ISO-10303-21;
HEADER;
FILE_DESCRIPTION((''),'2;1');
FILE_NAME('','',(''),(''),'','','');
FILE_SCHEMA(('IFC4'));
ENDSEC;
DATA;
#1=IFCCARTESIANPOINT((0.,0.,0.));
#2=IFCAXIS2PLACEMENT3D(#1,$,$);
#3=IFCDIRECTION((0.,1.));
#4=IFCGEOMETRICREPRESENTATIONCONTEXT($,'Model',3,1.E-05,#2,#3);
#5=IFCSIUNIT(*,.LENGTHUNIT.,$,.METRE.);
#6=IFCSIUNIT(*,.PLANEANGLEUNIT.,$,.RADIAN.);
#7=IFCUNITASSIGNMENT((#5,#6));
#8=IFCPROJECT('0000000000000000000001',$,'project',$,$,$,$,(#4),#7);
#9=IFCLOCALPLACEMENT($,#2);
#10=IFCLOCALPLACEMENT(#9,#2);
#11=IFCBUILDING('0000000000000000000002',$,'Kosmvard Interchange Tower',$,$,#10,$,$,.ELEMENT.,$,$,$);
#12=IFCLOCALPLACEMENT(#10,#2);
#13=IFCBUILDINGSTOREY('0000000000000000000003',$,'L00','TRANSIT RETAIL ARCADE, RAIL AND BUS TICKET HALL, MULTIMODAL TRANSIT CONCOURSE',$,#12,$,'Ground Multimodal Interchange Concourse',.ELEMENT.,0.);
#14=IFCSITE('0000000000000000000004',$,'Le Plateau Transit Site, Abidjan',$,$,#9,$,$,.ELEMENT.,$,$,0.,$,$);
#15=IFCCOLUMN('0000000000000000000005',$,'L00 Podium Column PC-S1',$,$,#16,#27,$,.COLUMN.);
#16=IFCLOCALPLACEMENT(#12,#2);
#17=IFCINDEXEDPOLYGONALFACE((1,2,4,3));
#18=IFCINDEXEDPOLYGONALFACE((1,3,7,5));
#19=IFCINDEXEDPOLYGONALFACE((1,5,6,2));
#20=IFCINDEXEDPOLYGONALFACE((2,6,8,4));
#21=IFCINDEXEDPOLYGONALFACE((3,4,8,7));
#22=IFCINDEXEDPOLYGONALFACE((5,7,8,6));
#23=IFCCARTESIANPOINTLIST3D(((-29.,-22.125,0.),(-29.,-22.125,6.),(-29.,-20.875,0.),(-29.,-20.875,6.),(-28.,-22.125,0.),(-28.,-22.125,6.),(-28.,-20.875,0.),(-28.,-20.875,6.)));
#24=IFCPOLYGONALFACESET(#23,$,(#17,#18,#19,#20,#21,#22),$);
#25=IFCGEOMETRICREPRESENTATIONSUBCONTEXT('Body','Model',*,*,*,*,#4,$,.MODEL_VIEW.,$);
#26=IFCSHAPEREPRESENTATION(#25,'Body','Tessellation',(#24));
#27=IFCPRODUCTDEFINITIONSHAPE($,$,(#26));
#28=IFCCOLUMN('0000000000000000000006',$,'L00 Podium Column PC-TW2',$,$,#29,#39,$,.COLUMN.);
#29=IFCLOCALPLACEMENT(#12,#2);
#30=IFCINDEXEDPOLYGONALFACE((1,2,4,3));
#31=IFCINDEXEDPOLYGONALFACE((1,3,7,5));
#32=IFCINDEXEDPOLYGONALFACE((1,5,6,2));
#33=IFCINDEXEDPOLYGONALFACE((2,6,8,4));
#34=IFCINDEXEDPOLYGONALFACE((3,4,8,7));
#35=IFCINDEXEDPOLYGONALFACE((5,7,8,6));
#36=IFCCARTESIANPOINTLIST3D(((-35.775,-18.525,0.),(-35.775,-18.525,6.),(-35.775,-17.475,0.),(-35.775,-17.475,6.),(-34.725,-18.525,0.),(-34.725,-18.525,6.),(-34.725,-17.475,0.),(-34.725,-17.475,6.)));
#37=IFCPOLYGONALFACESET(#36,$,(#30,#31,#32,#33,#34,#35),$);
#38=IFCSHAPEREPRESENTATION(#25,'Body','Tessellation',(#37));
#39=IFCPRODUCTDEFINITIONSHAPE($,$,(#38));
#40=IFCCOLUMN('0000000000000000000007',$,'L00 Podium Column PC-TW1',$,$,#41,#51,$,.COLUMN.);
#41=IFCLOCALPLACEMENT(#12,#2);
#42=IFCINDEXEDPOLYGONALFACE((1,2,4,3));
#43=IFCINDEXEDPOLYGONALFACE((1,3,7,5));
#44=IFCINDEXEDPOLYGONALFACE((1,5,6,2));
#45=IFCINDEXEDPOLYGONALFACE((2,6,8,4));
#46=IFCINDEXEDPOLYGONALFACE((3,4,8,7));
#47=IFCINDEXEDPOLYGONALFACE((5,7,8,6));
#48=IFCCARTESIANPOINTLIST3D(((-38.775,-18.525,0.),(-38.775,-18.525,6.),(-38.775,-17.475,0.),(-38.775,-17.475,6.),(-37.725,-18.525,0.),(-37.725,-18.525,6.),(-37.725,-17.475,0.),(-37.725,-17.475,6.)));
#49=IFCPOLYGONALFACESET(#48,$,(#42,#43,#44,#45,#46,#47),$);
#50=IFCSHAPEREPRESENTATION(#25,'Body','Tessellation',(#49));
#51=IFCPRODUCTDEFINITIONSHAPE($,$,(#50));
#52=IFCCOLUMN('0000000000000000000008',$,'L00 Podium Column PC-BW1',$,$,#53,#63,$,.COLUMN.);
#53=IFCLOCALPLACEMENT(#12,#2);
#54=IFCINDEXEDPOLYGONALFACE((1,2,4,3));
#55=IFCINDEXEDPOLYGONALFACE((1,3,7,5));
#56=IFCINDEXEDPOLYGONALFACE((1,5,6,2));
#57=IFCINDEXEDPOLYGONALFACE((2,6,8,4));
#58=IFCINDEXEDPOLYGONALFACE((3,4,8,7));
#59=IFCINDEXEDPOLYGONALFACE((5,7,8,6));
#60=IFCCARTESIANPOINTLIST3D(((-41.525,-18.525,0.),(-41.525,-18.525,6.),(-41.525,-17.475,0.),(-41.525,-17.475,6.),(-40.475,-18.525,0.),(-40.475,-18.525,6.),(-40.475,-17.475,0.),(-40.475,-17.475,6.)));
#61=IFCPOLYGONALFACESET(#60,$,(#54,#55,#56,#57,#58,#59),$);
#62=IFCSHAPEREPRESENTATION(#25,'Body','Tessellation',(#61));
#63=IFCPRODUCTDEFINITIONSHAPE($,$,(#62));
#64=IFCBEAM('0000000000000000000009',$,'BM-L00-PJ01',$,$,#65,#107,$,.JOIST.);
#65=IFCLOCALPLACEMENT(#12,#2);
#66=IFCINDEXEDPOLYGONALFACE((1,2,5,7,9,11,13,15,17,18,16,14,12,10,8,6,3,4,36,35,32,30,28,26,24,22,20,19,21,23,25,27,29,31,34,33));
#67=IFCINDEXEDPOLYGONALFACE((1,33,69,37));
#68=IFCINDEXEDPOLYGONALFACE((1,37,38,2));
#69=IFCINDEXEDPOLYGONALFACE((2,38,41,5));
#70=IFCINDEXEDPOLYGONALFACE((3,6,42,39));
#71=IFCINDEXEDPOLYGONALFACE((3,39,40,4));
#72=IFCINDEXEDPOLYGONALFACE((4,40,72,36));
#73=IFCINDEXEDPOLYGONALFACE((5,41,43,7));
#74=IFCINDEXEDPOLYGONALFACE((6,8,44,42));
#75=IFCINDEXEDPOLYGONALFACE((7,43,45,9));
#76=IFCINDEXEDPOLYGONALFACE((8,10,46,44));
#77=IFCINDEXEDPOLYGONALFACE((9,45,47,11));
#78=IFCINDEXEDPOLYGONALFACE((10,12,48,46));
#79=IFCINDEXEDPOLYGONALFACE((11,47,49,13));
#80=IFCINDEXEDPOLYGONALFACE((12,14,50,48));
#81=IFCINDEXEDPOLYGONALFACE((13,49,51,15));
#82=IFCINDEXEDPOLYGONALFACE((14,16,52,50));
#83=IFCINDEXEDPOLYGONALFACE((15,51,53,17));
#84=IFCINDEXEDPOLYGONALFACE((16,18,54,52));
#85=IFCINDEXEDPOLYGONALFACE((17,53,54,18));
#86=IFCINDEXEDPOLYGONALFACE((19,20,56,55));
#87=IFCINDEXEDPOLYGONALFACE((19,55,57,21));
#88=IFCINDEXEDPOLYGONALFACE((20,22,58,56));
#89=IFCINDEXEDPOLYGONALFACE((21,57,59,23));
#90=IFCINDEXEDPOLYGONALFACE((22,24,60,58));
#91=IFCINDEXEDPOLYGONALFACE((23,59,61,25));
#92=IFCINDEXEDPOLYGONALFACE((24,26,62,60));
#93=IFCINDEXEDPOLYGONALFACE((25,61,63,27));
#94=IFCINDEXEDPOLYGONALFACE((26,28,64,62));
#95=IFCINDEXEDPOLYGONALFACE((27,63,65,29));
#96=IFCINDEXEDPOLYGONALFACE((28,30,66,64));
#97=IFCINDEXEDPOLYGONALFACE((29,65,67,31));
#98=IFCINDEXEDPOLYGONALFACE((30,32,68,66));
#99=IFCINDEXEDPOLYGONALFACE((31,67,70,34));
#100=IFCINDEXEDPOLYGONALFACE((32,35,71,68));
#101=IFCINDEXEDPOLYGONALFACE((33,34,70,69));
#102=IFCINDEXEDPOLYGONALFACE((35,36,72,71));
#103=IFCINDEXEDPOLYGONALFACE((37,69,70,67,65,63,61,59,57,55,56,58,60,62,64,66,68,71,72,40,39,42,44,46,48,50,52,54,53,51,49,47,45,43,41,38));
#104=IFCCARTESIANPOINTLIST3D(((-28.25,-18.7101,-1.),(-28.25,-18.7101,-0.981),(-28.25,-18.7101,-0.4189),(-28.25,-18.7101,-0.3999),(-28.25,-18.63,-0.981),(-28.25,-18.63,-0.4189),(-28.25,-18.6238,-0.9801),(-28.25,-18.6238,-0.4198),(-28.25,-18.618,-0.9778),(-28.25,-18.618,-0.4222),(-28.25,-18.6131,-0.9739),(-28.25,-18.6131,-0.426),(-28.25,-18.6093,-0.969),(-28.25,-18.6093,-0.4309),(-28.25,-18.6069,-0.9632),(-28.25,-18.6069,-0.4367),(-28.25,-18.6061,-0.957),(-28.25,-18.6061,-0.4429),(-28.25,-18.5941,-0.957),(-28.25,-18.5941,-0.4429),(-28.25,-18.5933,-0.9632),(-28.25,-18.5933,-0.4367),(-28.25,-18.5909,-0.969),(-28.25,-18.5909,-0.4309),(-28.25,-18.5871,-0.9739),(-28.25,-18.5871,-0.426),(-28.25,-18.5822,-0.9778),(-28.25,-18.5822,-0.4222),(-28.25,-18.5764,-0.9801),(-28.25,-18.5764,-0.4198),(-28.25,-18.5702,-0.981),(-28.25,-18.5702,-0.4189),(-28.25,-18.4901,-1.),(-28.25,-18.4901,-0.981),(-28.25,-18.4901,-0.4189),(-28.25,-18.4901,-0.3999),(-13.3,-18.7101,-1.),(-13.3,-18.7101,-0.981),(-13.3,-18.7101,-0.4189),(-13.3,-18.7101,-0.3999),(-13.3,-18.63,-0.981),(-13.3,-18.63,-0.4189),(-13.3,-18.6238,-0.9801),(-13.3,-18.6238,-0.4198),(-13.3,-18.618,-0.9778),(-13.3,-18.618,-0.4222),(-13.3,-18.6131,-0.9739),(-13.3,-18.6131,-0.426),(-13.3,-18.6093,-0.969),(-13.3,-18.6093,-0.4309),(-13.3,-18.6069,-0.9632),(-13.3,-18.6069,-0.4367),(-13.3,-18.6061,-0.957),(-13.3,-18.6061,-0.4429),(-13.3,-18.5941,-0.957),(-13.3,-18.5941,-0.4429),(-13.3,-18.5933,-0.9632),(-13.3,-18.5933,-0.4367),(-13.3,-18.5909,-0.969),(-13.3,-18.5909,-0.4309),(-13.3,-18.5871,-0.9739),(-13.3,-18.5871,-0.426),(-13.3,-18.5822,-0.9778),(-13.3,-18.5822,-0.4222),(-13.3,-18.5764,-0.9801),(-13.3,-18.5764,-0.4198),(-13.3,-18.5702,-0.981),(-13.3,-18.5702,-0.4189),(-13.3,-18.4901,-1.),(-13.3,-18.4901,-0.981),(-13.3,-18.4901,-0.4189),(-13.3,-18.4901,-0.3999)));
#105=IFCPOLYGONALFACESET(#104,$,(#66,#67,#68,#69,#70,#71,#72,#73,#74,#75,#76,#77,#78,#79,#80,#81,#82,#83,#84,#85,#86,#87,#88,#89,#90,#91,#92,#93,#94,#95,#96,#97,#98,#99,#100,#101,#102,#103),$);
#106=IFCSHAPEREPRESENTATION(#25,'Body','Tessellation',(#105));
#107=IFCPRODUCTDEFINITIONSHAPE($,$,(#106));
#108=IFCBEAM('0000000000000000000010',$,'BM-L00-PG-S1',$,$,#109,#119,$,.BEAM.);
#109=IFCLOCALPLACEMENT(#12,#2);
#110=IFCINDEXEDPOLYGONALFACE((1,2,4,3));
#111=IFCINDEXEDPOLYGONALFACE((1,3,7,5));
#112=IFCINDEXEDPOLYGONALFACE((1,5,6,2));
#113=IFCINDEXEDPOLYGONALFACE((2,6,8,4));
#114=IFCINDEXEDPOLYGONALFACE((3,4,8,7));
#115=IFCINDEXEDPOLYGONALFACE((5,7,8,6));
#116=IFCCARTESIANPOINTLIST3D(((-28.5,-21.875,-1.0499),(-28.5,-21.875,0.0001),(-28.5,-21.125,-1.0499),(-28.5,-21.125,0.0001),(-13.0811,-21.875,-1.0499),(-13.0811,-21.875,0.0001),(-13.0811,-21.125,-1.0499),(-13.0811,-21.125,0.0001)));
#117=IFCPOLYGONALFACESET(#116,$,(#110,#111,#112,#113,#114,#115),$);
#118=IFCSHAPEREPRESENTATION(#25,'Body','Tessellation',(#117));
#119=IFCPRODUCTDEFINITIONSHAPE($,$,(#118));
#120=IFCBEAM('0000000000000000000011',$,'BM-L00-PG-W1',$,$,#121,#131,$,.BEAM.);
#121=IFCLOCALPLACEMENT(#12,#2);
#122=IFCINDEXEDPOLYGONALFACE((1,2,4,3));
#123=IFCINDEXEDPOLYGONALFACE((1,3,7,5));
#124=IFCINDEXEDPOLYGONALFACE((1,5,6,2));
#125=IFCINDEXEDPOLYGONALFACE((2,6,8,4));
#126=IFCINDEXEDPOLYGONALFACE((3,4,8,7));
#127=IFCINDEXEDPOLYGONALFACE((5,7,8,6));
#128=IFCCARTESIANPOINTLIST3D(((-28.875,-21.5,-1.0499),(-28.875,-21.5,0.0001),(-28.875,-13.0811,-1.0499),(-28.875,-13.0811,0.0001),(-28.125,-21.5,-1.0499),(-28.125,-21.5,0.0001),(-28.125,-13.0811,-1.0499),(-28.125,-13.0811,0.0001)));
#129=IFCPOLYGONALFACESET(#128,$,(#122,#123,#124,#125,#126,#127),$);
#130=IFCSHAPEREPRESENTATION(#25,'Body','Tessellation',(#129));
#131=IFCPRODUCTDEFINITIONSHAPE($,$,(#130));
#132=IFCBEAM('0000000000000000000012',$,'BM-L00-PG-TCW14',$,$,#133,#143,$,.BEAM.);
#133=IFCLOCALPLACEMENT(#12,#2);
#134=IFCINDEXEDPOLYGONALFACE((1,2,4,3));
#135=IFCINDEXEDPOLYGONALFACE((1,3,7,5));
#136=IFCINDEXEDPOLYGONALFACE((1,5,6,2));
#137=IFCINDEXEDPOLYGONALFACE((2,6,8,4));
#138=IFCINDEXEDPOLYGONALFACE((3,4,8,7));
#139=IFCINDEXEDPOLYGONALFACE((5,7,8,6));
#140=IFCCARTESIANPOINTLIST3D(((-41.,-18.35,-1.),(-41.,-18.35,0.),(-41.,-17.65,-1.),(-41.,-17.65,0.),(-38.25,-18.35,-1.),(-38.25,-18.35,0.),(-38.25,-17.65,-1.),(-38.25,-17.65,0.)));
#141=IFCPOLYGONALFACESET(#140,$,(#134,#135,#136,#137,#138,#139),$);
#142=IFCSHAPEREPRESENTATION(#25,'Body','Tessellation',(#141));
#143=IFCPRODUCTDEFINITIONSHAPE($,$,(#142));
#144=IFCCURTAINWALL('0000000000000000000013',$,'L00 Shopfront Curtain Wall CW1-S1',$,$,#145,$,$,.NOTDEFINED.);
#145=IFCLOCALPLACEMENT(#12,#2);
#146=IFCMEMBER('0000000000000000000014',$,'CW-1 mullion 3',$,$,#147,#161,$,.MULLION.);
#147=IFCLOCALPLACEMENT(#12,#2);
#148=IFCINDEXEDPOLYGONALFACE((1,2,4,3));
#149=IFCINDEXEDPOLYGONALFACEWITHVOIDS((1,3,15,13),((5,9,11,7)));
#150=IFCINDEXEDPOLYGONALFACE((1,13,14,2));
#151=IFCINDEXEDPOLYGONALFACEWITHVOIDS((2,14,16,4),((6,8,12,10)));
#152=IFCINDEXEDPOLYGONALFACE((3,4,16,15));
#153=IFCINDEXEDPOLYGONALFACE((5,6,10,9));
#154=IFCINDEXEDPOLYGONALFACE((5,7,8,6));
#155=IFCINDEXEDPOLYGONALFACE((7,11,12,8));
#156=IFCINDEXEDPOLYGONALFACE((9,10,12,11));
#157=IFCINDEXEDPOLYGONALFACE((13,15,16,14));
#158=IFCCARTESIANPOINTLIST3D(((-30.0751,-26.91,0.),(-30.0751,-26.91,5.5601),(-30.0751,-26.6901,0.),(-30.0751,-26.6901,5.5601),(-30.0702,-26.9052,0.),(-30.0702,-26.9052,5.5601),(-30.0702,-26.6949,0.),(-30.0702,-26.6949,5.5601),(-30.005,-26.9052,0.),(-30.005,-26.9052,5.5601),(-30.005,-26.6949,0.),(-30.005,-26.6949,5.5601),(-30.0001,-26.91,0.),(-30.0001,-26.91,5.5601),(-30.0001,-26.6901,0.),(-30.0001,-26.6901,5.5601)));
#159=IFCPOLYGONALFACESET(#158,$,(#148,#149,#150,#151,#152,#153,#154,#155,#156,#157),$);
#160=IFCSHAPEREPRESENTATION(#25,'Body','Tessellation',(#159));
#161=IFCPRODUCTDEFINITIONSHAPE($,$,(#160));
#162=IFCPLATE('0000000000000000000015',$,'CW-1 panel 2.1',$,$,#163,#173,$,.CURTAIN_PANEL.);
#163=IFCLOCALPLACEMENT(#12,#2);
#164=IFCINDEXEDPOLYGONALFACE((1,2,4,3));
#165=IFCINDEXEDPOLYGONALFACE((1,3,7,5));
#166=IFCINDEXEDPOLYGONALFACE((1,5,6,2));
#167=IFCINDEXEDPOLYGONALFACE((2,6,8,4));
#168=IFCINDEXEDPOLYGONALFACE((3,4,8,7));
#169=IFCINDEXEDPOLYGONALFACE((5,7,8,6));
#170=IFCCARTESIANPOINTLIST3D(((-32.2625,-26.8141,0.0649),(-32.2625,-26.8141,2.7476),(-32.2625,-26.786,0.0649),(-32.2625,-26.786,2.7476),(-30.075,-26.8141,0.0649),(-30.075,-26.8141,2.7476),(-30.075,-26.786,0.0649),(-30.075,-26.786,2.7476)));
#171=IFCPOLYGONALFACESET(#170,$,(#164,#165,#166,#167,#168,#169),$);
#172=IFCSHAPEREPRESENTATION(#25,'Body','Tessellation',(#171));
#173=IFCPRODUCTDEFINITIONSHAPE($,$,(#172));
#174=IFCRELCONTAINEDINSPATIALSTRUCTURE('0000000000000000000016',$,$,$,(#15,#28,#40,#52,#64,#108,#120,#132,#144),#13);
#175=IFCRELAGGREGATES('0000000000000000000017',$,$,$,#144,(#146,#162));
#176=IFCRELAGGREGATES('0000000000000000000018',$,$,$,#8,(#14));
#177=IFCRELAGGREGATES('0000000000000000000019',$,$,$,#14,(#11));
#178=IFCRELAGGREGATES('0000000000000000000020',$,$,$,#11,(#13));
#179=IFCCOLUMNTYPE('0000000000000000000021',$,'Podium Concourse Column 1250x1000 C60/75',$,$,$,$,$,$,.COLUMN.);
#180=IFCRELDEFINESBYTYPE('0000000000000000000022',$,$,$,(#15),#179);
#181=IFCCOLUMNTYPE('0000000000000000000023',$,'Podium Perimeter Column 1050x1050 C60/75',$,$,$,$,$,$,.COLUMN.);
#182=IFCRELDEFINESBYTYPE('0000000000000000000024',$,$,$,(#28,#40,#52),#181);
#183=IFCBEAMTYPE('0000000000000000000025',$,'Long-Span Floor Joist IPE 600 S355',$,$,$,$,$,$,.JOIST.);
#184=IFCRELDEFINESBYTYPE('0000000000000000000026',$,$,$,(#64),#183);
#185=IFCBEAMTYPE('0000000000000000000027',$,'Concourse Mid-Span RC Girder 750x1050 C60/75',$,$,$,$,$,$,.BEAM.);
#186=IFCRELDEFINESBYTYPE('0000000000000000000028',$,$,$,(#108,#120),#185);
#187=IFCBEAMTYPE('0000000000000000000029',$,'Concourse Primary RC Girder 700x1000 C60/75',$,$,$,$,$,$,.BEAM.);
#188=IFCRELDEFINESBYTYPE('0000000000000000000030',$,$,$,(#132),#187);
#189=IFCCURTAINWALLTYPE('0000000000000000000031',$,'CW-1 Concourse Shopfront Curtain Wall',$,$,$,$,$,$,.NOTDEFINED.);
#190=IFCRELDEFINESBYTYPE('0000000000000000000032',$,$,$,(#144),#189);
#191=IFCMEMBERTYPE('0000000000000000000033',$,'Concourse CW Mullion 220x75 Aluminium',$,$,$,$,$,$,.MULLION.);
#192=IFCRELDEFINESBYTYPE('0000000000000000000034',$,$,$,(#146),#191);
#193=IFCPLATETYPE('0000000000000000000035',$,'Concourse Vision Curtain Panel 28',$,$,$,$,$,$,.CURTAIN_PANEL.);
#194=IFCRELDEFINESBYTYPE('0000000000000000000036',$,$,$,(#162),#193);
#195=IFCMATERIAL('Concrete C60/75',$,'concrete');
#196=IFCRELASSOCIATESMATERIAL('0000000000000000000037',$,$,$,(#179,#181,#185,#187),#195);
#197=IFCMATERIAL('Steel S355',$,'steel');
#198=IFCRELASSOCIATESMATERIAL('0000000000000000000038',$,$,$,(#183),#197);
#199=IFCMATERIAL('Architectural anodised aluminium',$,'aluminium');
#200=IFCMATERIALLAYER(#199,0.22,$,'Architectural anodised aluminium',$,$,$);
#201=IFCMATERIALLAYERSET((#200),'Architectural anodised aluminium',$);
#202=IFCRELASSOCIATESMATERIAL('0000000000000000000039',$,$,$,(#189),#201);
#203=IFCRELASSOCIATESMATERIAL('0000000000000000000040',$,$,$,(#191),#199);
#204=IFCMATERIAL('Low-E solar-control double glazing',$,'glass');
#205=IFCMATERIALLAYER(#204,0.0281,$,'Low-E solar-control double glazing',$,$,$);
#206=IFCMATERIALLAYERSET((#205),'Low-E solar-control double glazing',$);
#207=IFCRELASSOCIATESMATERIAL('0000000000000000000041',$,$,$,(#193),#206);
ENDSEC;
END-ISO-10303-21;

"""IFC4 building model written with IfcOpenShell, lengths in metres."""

from ifc_helpers import new_model, si_unit, direction, frame, origin, origin_2d, place, context, subcontext, project, spatial, rectangle, hollow_rectangle, i_section, extrude, source, transform, mapped, material, layer, layer_set, material_profile, profile_set, type_object, element, aggregate, save


model = new_model("IFC4")

# Units and contexts
model_context = context("Model", 3, precision=1e-05, world=origin(), true_north=direction((0.0, 1.0)))
body_context = subcontext(model_context, "Body", "Model", "MODEL_VIEW")
ifc_project = project(units=[si_unit("LENGTHUNIT", "METRE"), si_unit("PLANEANGLEUNIT", "RADIAN")], contexts=[model_context])

# Site, building, storey
site_placement = place(None, origin())
site = spatial("IfcSite", under=ifc_project, at=site_placement, Name="Le Plateau Transit Site, Abidjan", CompositionType="ELEMENT", RefElevation=0.0)
building_placement = place(site_placement, origin())
building = spatial("IfcBuilding", under=site, at=building_placement, Name="Kosmvard Interchange Tower", CompositionType="ELEMENT")
storey_placement = place(building_placement, origin())
storey = spatial("IfcBuildingStorey", under=building, at=storey_placement, Name="L00", Description="TRANSIT RETAIL ARCADE, RAIL AND BUS TICKET HALL, MULTIMODAL TRANSIT CONCOURSE", LongName="Ground Multimodal Interchange Concourse", CompositionType="ELEMENT", Elevation=0.0)

# Columns
ifc_material_1 = material(Name="Concrete C60/75", Category="concrete")
ifc_material_profile_1 = material_profile(ifc_material_1, rectangle(XDim=1.0, YDim=1.25, at=origin_2d()), Name="PC 1250x1000")
ifc_profile_set_1 = profile_set([ifc_material_profile_1], Name="Concrete C60/75")
column_type_1 = type_object("IfcColumnType", Name="Podium Concourse Column 1250x1000 C60/75", PredefinedType="COLUMN", material=ifc_profile_set_1)
shared_shape_1 = source(origin(), body_context, "Body", "SweptSolid", [
    extrude(rectangle(XDim=1.0, YDim=1.25, at=origin_2d()), origin(), (0.0, 0.0, 1.0), 6.0),
])
column_placement = place(storey_placement, frame((-28.5, -21.5, 0.0), z_axis=(0.0, 0.0, 1.0), x_axis=(1.0, 0.0, 0.0)))
element("IfcColumn", 1, at=column_placement, inside=storey, type_object=column_type_1, Name="L00 Podium Column PC-S1", PredefinedType="COLUMN", context=body_context, shape_type="MappedRepresentation", body=[
    mapped(shared_shape_1, transform((0.0, 0.0, 0.0), scale=1.0)),
])
ifc_material_profile_2 = material_profile(ifc_material_1, rectangle(XDim=1.05, YDim=1.05, at=origin_2d()), Name="PC 1050x1050")
ifc_profile_set_2 = profile_set([ifc_material_profile_2], Name="Concrete C60/75")
column_type_2 = type_object("IfcColumnType", Name="Podium Perimeter Column 1050x1050 C60/75", PredefinedType="COLUMN", material=ifc_profile_set_2)
shared_shape_2 = source(origin(), body_context, "Body", "SweptSolid", [
    extrude(rectangle(XDim=1.05, YDim=1.05, at=origin_2d()), origin(), (0.0, 0.0, 1.0), 6.0),
])
for number, where, z_axis, x_axis, name in (
    (2, (-35.25, -18.0, 0.0), (0.0, 0.0, 1.0), (1.0, 0.0, 0.0), "L00 Podium Column PC-TW2"),
    (3, (-38.25, -18.0, 0.0), (0.0, 0.0, 1.0), (1.0, 0.0, 0.0), "L00 Podium Column PC-TW1"),
    (4, (-41.0, -18.0, 0.0), (0.0, 0.0, 1.0), (1.0, 0.0, 0.0), "L00 Podium Column PC-BW1"),
):
    element("IfcColumn", number, at=place(storey_placement, frame(where, z_axis=z_axis, x_axis=x_axis)), inside=storey, type_object=column_type_2, Name=name, PredefinedType="COLUMN", context=body_context, shape_type="MappedRepresentation", body=[
        mapped(shared_shape_2, transform((0.0, 0.0, 0.0), scale=1.0)),
    ])

# Beams
ifc_material_2 = material(Name="Steel S355", Category="steel")
ifc_material_profile_3 = material_profile(ifc_material_2, i_section(OverallWidth=0.22, OverallDepth=0.6001, WebThickness=0.012, FlangeThickness=0.019, FilletRadius=0.0239, at=origin_2d()), Name="IPE 600")
ifc_profile_set_3 = profile_set([ifc_material_profile_3], Name="Steel S355")
beam_type_1 = type_object("IfcBeamType", Name="Long-Span Floor Joist IPE 600 S355", PredefinedType="JOIST", material=ifc_profile_set_3)
shared_shape_3 = source(origin(), body_context, "Body", "SweptSolid", [
    extrude(i_section(OverallWidth=0.22, OverallDepth=0.6001, WebThickness=0.012, FlangeThickness=0.019, FilletRadius=0.0239, at=origin_2d()), origin(), (0.0, 0.0, 1.0), 14.95),
])
beam_1_placement = place(storey_placement, frame((-28.25, -18.6001, -0.7), z_axis=(1.0, 0.0, 0.0), x_axis=(0.0, 1.0, 0.0)))
element("IfcBeam", 5, at=beam_1_placement, inside=storey, type_object=beam_type_1, Name="BM-L00-PJ01", PredefinedType="JOIST", context=body_context, shape_type="MappedRepresentation", body=[
    mapped(shared_shape_3, transform((0.0, 0.0, 0.0), scale=1.0)),
])
ifc_material_profile_4 = material_profile(ifc_material_1, rectangle(XDim=0.75, YDim=1.05, at=origin_2d()), Name="RCG 750x1050")
ifc_profile_set_4 = profile_set([ifc_material_profile_4], Name="Concrete C60/75")
beam_type_2 = type_object("IfcBeamType", Name="Concourse Mid-Span RC Girder 750x1050 C60/75", PredefinedType="BEAM", material=ifc_profile_set_4)
shared_shape_4 = source(origin(), body_context, "Body", "SweptSolid", [
    extrude(rectangle(XDim=0.75, YDim=1.05, at=origin_2d()), origin(), (0.0, 0.0, 1.0), 15.4189),
])
beam_2_placement = place(storey_placement, frame((-28.5, -21.5, -0.5249), z_axis=(1.0, 0.0, 0.0), x_axis=(0.0, 1.0, 0.0)))
element("IfcBeam", 6, at=beam_2_placement, inside=storey, type_object=beam_type_2, Name="BM-L00-PG-S1", PredefinedType="BEAM", context=body_context, shape_type="MappedRepresentation", body=[
    mapped(shared_shape_4, transform((0.0, 0.0, 0.0), scale=1.0)),
])
shared_shape_5 = source(origin(), body_context, "Body", "SweptSolid", [
    extrude(rectangle(XDim=0.75, YDim=1.05, at=origin_2d()), origin(), (0.0, 0.0, 1.0), 8.4189),
])
beam_3_placement = place(storey_placement, frame((-28.5, -21.5, -0.5249), z_axis=(0.0, 1.0, 0.0), x_axis=(-1.0, 0.0, 0.0)))
element("IfcBeam", 7, at=beam_3_placement, inside=storey, type_object=beam_type_2, Name="BM-L00-PG-W1", PredefinedType="BEAM", context=body_context, shape_type="MappedRepresentation", body=[
    mapped(shared_shape_5, transform((0.0, 0.0, 0.0), scale=1.0)),
])
ifc_material_profile_5 = material_profile(ifc_material_1, rectangle(XDim=0.7, YDim=1.0, at=origin_2d()), Name="RCG 700x1000")
ifc_profile_set_5 = profile_set([ifc_material_profile_5], Name="Concrete C60/75")
beam_type_3 = type_object("IfcBeamType", Name="Concourse Primary RC Girder 700x1000 C60/75", PredefinedType="BEAM", material=ifc_profile_set_5)
shared_shape_6 = source(origin(), body_context, "Body", "SweptSolid", [
    extrude(rectangle(XDim=0.7, YDim=1.0, at=origin_2d()), origin(), (0.0, 0.0, 1.0), 2.75),
])
beam_4_placement = place(storey_placement, frame((-38.25, -18.0, -0.5), z_axis=(-1.0, 0.0, 0.0), x_axis=(0.0, -1.0, 0.0)))
element("IfcBeam", 8, at=beam_4_placement, inside=storey, type_object=beam_type_3, Name="BM-L00-PG-TCW14", PredefinedType="BEAM", context=body_context, shape_type="MappedRepresentation", body=[
    mapped(shared_shape_6, transform((0.0, 0.0, 0.0), scale=1.0)),
])

# Curtain wall, member, plate
ifc_material_3 = material(Name="Architectural anodised aluminium", Category="aluminium")
ifc_layer_1 = layer(ifc_material_3, 0.22, Name="Architectural anodised aluminium")
ifc_layer_set_1 = layer_set([ifc_layer_1], Name="Architectural anodised aluminium")
curtain_wall_type = type_object("IfcCurtainWallType", Name="CW-1 Concourse Shopfront Curtain Wall", PredefinedType="NOTDEFINED", material=ifc_layer_set_1)
curtain_wall_placement = place(storey_placement, origin())
curtain_wall = element("IfcCurtainWall", 9, at=curtain_wall_placement, inside=storey, type_object=curtain_wall_type, Name="L00 Shopfront Curtain Wall CW1-S1", PredefinedType="NOTDEFINED")
ifc_material_profile_6 = material_profile(ifc_material_3, hollow_rectangle(XDim=0.22, YDim=0.075, WallThickness=0.0049, at=origin_2d()), Name="CWM 220x75x5")
ifc_profile_set_6 = profile_set([ifc_material_profile_6], Name="Architectural anodised aluminium")
member_type = type_object("IfcMemberType", Name="Concourse CW Mullion 220x75 Aluminium", PredefinedType="MULLION", material=ifc_profile_set_6)
shared_shape_7 = source(origin(), body_context, "Body", "SweptSolid", [
    extrude(hollow_rectangle(XDim=0.22, YDim=0.075, WallThickness=0.0049, at=origin_2d()), origin(), (0.0, 0.0, 1.0), 5.5601),
])
member_placement = place(storey_placement, frame((-30.0376, -26.8, 0.0), z_axis=(0.0, 0.0, 1.0), x_axis=(0.0, 1.0, 0.0)))
member = element("IfcMember", 10, at=member_placement, type_object=member_type, Name="CW-1 mullion 3", PredefinedType="MULLION", context=body_context, shape_type="MappedRepresentation", body=[
    mapped(shared_shape_7, transform((0.0, 0.0, 0.0), scale=1.0)),
])
ifc_material_4 = material(Name="Low-E solar-control double glazing", Category="glass")
ifc_layer_2 = layer(ifc_material_4, 0.0281, Name="Low-E solar-control double glazing")
ifc_layer_set_2 = layer_set([ifc_layer_2], Name="Low-E solar-control double glazing")
plate_type = type_object("IfcPlateType", Name="Concourse Vision Curtain Panel 28", PredefinedType="CURTAIN_PANEL", material=ifc_layer_set_2)
shared_shape_8 = source(origin(), body_context, "Body", "SweptSolid", [
    extrude(rectangle(XDim=2.1875, YDim=0.0281, at=origin_2d()), origin(), (0.0, 0.0, 1.0), 2.6826),
])
plate_1_placement = place(storey_placement, frame((-31.1687, -26.8, 0.0649), z_axis=(0.0, 0.0, 1.0), x_axis=(1.0, 0.0, 0.0)))
plate_1 = element("IfcPlate", 11, at=plate_1_placement, type_object=plate_type, Name="CW-1 panel 2.1", PredefinedType="CURTAIN_PANEL", context=body_context, shape_type="MappedRepresentation", body=[
    mapped(shared_shape_8, transform((0.0, 0.0, 0.0), scale=1.0)),
])
aggregate(curtain_wall, [member, plate_1])

save(model, "model.ifc")
